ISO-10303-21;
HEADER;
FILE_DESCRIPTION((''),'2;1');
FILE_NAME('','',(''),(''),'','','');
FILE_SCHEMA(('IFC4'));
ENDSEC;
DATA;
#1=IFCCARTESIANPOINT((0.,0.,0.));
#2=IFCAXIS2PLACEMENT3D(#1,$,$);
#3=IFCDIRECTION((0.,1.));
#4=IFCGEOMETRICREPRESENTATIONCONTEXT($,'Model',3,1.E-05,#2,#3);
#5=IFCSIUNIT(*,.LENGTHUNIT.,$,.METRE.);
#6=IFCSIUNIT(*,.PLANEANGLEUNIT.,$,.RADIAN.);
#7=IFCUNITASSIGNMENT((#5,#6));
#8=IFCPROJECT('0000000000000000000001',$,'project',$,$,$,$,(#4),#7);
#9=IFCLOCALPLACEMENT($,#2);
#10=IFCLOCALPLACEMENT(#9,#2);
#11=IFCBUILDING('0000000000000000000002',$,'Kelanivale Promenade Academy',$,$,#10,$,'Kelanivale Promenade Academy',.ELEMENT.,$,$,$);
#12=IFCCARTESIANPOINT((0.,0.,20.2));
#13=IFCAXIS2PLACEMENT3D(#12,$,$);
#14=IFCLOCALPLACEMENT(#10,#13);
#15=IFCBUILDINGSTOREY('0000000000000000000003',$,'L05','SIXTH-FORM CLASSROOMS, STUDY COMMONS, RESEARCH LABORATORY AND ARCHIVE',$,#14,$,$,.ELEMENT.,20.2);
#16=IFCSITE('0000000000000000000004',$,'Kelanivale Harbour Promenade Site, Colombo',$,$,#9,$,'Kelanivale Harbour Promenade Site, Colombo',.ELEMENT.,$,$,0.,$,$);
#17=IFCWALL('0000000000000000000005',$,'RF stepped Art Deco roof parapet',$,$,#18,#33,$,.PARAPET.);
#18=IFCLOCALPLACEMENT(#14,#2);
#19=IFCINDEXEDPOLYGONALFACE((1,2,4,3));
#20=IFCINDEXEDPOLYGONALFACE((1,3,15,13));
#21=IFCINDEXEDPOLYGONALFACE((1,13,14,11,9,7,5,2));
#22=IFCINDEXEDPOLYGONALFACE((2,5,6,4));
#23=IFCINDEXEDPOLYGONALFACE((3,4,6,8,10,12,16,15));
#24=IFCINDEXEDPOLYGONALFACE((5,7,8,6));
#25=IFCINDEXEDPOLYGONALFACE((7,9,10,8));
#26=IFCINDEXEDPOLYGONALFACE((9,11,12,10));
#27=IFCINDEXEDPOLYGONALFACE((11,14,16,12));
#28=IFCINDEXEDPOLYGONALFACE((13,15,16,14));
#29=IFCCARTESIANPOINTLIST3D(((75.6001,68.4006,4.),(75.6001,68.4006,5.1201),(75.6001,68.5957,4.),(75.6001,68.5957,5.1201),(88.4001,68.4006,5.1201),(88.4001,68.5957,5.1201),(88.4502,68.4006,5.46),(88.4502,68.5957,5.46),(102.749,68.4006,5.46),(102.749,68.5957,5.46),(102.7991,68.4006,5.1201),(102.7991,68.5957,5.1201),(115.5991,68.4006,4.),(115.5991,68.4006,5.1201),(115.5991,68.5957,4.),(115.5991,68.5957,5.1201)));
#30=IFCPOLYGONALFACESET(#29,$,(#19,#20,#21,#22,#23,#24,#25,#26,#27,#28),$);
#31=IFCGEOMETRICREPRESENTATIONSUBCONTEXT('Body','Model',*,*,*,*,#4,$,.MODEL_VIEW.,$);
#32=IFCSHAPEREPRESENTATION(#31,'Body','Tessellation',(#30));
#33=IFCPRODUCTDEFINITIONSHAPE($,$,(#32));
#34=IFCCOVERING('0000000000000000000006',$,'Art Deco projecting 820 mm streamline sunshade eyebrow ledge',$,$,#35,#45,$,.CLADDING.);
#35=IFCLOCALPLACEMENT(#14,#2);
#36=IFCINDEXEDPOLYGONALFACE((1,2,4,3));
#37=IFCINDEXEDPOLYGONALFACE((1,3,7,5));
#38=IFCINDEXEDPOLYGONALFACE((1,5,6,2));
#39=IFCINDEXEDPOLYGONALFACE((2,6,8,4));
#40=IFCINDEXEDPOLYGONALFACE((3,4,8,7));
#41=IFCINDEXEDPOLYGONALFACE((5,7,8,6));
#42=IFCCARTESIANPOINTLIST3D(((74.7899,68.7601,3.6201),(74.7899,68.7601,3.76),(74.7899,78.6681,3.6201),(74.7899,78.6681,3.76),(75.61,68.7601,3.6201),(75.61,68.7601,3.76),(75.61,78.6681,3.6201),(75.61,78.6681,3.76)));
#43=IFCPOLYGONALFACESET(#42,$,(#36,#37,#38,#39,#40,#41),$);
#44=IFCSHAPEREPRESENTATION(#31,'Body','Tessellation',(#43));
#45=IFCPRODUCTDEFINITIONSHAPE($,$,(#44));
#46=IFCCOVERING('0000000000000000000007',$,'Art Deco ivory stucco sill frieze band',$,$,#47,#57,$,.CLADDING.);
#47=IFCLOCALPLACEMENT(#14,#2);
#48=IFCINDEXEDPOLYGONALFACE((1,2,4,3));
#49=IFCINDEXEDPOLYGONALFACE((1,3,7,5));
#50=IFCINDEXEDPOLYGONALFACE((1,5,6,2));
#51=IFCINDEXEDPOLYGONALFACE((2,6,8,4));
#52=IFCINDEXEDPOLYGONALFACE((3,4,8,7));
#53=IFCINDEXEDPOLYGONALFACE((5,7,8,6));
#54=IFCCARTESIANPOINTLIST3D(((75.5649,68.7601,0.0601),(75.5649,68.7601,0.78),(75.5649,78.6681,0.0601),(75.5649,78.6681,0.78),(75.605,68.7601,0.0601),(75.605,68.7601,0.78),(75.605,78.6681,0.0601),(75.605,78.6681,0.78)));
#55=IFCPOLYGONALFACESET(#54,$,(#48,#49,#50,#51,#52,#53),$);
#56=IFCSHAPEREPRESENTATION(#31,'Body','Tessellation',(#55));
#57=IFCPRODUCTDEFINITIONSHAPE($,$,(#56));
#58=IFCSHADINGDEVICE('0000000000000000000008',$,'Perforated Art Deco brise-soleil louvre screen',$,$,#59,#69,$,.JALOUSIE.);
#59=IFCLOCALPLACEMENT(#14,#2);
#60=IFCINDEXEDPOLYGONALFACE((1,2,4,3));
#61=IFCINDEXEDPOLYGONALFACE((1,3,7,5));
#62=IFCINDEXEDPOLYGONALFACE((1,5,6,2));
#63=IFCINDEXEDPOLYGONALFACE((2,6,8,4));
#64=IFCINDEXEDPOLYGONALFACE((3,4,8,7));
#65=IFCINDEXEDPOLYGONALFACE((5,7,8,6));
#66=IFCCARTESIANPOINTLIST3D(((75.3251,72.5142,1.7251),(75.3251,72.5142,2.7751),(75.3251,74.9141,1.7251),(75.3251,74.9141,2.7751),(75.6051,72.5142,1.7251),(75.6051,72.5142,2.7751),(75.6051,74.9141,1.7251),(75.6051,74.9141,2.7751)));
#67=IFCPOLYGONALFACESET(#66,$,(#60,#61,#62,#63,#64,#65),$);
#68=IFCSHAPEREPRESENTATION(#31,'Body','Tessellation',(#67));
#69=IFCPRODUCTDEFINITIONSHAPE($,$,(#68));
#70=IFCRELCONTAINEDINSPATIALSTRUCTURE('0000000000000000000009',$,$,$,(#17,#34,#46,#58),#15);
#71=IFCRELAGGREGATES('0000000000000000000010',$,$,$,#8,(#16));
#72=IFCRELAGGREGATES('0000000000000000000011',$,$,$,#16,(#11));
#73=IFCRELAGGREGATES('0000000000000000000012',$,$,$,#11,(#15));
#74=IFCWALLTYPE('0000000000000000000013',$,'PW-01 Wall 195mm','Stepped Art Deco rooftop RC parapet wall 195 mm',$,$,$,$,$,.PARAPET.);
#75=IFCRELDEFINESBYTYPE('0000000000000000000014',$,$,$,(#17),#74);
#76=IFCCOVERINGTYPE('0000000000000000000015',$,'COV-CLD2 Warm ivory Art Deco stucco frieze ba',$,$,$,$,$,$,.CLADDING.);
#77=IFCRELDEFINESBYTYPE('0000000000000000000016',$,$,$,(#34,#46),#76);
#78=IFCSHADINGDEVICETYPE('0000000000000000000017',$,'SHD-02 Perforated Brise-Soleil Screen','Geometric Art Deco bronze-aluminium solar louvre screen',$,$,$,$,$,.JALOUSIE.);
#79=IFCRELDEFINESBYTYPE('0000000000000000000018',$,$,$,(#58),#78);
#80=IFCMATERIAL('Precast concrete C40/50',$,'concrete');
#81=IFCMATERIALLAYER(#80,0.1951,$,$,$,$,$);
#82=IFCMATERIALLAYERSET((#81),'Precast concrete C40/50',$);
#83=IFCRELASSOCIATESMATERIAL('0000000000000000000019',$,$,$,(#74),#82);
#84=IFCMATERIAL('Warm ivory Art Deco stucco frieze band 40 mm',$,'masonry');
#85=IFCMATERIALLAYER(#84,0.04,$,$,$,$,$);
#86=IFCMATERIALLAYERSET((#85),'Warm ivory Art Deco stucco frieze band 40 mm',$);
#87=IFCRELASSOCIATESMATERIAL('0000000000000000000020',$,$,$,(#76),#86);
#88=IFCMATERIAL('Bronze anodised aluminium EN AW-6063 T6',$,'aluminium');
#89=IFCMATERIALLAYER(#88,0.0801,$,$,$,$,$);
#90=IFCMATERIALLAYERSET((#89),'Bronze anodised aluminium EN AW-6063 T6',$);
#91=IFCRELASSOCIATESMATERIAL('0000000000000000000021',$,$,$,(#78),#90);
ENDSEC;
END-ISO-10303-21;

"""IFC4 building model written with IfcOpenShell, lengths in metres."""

from ifc_helpers import new_model, si_unit, direction, frame, origin, origin_2d, place, context, subcontext, project, spatial, polyline, rectangle, outline, extrude, material, layer, layer_set, type_object, element, save


model = new_model("IFC4")

# Units and contexts
model_context = context("Model", 3, precision=1e-05, world=origin(), true_north=direction((0.0, 1.0)))
body_context = subcontext(model_context, "Body", "Model", "MODEL_VIEW")
ifc_project = project(units=[si_unit("LENGTHUNIT", "METRE"), si_unit("PLANEANGLEUNIT", "RADIAN")], contexts=[model_context])

# Site, building, storey
site_placement = place(None, origin())
site = spatial("IfcSite", under=ifc_project, at=site_placement, Name="Kelanivale Harbour Promenade Site, Colombo", LongName="Kelanivale Harbour Promenade Site, Colombo", CompositionType="ELEMENT", RefElevation=0.0)
building_placement = place(site_placement, origin())
building = spatial("IfcBuilding", under=site, at=building_placement, Name="Kelanivale Promenade Academy", LongName="Kelanivale Promenade Academy", CompositionType="ELEMENT")
storey_placement = place(building_placement, frame((0.0, 0.0, 20.2)))
storey = spatial("IfcBuildingStorey", under=building, at=storey_placement, Name="L05", Description="SIXTH-FORM CLASSROOMS, STUDY COMMONS, RESEARCH LABORATORY AND ARCHIVE", CompositionType="ELEMENT", Elevation=20.2)

# Wall
ifc_material_1 = material(Name="Precast concrete C40/50", Category="concrete")
ifc_layer_1 = layer(ifc_material_1, 0.1951)
ifc_layer_set_1 = layer_set([ifc_layer_1], Name="Precast concrete C40/50")
wall_type_1 = type_object("IfcWallType", Name="PW-01 Wall 195mm", Description="Stepped Art Deco rooftop RC parapet wall 195 mm", PredefinedType="PARAPET", material=ifc_layer_set_1)
wall_1_placement = place(storey_placement, frame((75.6001, 68.498, 4.0), z_axis=(0.0, 0.0, 1.0), x_axis=(1.0, 0.0, 0.0)))
element("IfcWall", 1, at=wall_1_placement, inside=storey, type_object=wall_type_1, Name="RF stepped Art Deco roof parapet", PredefinedType="PARAPET", context=body_context, shape_type="SweptSolid", body=[
    extrude(outline(polyline([(0.0, 0.0), (39.999, 0.0), (39.999, 1.1201), (27.199, 1.1201), (27.1489, 1.46), (12.8501, 1.46), (12.8, 1.1201), (0.0, 1.1201), (0.0, 0.0)])), frame((0.0, 0.0977, 0.0), z_axis=(0.0, -1.0, 0.0), x_axis=(1.0, 0.0, 0.0)), (0.0, 0.0, 1.0), 0.1951),
])

# Coverings
ifc_material_2 = material(Name="Warm ivory Art Deco stucco frieze band 40 mm", Category="masonry")
ifc_layer_2 = layer(ifc_material_2, 0.04)
ifc_layer_set_2 = layer_set([ifc_layer_2], Name="Warm ivory Art Deco stucco frieze band 40 mm")
covering_type = type_object("IfcCoveringType", Name="COV-CLD2 Warm ivory Art Deco stucco frieze ba", PredefinedType="CLADDING", material=ifc_layer_set_2)
covering_1_placement = place(storey_placement, frame((75.2, 73.7141, 3.6201), z_axis=(0.0, 0.0, 1.0), x_axis=(0.0, -1.0, 0.0)))
element("IfcCovering", 2, at=covering_1_placement, inside=storey, type_object=covering_type, Name="Art Deco projecting 820 mm streamline sunshade eyebrow ledge", PredefinedType="CLADDING", context=body_context, shape_type="SweptSolid", body=[
    extrude(rectangle(XDim=9.908, YDim=0.8201, at=origin_2d()), origin(), (0.0, 0.0, 1.0), 0.1399),
])
covering_2_placement = place(storey_placement, frame((75.585, 73.7141, 0.0601), z_axis=(0.0, 0.0, 1.0), x_axis=(0.0, -1.0, 0.0)))
element("IfcCovering", 3, at=covering_2_placement, inside=storey, type_object=covering_type, Name="Art Deco ivory stucco sill frieze band", PredefinedType="CLADDING", context=body_context, shape_type="SweptSolid", body=[
    extrude(rectangle(XDim=9.908, YDim=0.04, at=origin_2d()), origin(), (0.0, 0.0, 1.0), 0.72),
])

# Shading device
ifc_material_3 = material(Name="Bronze anodised aluminium EN AW-6063 T6", Category="aluminium")
ifc_layer_3 = layer(ifc_material_3, 0.0801)
ifc_layer_set_3 = layer_set([ifc_layer_3], Name="Bronze anodised aluminium EN AW-6063 T6")
shading_device_type = type_object("IfcShadingDeviceType", Name="SHD-02 Perforated Brise-Soleil Screen", Description="Geometric Art Deco bronze-aluminium solar louvre screen", PredefinedType="JALOUSIE", material=ifc_layer_set_3)
shading_device_placement = place(storey_placement, frame((75.4651, 73.7141, 1.7251), z_axis=(0.0, 0.0, 1.0), x_axis=(0.0, -1.0, 0.0)))
element("IfcShadingDevice", 4, at=shading_device_placement, inside=storey, type_object=shading_device_type, Name="Perforated Art Deco brise-soleil louvre screen", PredefinedType="JALOUSIE", context=body_context, shape_type="SweptSolid", body=[
    extrude(rectangle(XDim=2.3999, YDim=0.28, at=origin_2d()), origin(), (0.0, 0.0, 1.0), 1.05),
])

save(model, "model.ifc")
